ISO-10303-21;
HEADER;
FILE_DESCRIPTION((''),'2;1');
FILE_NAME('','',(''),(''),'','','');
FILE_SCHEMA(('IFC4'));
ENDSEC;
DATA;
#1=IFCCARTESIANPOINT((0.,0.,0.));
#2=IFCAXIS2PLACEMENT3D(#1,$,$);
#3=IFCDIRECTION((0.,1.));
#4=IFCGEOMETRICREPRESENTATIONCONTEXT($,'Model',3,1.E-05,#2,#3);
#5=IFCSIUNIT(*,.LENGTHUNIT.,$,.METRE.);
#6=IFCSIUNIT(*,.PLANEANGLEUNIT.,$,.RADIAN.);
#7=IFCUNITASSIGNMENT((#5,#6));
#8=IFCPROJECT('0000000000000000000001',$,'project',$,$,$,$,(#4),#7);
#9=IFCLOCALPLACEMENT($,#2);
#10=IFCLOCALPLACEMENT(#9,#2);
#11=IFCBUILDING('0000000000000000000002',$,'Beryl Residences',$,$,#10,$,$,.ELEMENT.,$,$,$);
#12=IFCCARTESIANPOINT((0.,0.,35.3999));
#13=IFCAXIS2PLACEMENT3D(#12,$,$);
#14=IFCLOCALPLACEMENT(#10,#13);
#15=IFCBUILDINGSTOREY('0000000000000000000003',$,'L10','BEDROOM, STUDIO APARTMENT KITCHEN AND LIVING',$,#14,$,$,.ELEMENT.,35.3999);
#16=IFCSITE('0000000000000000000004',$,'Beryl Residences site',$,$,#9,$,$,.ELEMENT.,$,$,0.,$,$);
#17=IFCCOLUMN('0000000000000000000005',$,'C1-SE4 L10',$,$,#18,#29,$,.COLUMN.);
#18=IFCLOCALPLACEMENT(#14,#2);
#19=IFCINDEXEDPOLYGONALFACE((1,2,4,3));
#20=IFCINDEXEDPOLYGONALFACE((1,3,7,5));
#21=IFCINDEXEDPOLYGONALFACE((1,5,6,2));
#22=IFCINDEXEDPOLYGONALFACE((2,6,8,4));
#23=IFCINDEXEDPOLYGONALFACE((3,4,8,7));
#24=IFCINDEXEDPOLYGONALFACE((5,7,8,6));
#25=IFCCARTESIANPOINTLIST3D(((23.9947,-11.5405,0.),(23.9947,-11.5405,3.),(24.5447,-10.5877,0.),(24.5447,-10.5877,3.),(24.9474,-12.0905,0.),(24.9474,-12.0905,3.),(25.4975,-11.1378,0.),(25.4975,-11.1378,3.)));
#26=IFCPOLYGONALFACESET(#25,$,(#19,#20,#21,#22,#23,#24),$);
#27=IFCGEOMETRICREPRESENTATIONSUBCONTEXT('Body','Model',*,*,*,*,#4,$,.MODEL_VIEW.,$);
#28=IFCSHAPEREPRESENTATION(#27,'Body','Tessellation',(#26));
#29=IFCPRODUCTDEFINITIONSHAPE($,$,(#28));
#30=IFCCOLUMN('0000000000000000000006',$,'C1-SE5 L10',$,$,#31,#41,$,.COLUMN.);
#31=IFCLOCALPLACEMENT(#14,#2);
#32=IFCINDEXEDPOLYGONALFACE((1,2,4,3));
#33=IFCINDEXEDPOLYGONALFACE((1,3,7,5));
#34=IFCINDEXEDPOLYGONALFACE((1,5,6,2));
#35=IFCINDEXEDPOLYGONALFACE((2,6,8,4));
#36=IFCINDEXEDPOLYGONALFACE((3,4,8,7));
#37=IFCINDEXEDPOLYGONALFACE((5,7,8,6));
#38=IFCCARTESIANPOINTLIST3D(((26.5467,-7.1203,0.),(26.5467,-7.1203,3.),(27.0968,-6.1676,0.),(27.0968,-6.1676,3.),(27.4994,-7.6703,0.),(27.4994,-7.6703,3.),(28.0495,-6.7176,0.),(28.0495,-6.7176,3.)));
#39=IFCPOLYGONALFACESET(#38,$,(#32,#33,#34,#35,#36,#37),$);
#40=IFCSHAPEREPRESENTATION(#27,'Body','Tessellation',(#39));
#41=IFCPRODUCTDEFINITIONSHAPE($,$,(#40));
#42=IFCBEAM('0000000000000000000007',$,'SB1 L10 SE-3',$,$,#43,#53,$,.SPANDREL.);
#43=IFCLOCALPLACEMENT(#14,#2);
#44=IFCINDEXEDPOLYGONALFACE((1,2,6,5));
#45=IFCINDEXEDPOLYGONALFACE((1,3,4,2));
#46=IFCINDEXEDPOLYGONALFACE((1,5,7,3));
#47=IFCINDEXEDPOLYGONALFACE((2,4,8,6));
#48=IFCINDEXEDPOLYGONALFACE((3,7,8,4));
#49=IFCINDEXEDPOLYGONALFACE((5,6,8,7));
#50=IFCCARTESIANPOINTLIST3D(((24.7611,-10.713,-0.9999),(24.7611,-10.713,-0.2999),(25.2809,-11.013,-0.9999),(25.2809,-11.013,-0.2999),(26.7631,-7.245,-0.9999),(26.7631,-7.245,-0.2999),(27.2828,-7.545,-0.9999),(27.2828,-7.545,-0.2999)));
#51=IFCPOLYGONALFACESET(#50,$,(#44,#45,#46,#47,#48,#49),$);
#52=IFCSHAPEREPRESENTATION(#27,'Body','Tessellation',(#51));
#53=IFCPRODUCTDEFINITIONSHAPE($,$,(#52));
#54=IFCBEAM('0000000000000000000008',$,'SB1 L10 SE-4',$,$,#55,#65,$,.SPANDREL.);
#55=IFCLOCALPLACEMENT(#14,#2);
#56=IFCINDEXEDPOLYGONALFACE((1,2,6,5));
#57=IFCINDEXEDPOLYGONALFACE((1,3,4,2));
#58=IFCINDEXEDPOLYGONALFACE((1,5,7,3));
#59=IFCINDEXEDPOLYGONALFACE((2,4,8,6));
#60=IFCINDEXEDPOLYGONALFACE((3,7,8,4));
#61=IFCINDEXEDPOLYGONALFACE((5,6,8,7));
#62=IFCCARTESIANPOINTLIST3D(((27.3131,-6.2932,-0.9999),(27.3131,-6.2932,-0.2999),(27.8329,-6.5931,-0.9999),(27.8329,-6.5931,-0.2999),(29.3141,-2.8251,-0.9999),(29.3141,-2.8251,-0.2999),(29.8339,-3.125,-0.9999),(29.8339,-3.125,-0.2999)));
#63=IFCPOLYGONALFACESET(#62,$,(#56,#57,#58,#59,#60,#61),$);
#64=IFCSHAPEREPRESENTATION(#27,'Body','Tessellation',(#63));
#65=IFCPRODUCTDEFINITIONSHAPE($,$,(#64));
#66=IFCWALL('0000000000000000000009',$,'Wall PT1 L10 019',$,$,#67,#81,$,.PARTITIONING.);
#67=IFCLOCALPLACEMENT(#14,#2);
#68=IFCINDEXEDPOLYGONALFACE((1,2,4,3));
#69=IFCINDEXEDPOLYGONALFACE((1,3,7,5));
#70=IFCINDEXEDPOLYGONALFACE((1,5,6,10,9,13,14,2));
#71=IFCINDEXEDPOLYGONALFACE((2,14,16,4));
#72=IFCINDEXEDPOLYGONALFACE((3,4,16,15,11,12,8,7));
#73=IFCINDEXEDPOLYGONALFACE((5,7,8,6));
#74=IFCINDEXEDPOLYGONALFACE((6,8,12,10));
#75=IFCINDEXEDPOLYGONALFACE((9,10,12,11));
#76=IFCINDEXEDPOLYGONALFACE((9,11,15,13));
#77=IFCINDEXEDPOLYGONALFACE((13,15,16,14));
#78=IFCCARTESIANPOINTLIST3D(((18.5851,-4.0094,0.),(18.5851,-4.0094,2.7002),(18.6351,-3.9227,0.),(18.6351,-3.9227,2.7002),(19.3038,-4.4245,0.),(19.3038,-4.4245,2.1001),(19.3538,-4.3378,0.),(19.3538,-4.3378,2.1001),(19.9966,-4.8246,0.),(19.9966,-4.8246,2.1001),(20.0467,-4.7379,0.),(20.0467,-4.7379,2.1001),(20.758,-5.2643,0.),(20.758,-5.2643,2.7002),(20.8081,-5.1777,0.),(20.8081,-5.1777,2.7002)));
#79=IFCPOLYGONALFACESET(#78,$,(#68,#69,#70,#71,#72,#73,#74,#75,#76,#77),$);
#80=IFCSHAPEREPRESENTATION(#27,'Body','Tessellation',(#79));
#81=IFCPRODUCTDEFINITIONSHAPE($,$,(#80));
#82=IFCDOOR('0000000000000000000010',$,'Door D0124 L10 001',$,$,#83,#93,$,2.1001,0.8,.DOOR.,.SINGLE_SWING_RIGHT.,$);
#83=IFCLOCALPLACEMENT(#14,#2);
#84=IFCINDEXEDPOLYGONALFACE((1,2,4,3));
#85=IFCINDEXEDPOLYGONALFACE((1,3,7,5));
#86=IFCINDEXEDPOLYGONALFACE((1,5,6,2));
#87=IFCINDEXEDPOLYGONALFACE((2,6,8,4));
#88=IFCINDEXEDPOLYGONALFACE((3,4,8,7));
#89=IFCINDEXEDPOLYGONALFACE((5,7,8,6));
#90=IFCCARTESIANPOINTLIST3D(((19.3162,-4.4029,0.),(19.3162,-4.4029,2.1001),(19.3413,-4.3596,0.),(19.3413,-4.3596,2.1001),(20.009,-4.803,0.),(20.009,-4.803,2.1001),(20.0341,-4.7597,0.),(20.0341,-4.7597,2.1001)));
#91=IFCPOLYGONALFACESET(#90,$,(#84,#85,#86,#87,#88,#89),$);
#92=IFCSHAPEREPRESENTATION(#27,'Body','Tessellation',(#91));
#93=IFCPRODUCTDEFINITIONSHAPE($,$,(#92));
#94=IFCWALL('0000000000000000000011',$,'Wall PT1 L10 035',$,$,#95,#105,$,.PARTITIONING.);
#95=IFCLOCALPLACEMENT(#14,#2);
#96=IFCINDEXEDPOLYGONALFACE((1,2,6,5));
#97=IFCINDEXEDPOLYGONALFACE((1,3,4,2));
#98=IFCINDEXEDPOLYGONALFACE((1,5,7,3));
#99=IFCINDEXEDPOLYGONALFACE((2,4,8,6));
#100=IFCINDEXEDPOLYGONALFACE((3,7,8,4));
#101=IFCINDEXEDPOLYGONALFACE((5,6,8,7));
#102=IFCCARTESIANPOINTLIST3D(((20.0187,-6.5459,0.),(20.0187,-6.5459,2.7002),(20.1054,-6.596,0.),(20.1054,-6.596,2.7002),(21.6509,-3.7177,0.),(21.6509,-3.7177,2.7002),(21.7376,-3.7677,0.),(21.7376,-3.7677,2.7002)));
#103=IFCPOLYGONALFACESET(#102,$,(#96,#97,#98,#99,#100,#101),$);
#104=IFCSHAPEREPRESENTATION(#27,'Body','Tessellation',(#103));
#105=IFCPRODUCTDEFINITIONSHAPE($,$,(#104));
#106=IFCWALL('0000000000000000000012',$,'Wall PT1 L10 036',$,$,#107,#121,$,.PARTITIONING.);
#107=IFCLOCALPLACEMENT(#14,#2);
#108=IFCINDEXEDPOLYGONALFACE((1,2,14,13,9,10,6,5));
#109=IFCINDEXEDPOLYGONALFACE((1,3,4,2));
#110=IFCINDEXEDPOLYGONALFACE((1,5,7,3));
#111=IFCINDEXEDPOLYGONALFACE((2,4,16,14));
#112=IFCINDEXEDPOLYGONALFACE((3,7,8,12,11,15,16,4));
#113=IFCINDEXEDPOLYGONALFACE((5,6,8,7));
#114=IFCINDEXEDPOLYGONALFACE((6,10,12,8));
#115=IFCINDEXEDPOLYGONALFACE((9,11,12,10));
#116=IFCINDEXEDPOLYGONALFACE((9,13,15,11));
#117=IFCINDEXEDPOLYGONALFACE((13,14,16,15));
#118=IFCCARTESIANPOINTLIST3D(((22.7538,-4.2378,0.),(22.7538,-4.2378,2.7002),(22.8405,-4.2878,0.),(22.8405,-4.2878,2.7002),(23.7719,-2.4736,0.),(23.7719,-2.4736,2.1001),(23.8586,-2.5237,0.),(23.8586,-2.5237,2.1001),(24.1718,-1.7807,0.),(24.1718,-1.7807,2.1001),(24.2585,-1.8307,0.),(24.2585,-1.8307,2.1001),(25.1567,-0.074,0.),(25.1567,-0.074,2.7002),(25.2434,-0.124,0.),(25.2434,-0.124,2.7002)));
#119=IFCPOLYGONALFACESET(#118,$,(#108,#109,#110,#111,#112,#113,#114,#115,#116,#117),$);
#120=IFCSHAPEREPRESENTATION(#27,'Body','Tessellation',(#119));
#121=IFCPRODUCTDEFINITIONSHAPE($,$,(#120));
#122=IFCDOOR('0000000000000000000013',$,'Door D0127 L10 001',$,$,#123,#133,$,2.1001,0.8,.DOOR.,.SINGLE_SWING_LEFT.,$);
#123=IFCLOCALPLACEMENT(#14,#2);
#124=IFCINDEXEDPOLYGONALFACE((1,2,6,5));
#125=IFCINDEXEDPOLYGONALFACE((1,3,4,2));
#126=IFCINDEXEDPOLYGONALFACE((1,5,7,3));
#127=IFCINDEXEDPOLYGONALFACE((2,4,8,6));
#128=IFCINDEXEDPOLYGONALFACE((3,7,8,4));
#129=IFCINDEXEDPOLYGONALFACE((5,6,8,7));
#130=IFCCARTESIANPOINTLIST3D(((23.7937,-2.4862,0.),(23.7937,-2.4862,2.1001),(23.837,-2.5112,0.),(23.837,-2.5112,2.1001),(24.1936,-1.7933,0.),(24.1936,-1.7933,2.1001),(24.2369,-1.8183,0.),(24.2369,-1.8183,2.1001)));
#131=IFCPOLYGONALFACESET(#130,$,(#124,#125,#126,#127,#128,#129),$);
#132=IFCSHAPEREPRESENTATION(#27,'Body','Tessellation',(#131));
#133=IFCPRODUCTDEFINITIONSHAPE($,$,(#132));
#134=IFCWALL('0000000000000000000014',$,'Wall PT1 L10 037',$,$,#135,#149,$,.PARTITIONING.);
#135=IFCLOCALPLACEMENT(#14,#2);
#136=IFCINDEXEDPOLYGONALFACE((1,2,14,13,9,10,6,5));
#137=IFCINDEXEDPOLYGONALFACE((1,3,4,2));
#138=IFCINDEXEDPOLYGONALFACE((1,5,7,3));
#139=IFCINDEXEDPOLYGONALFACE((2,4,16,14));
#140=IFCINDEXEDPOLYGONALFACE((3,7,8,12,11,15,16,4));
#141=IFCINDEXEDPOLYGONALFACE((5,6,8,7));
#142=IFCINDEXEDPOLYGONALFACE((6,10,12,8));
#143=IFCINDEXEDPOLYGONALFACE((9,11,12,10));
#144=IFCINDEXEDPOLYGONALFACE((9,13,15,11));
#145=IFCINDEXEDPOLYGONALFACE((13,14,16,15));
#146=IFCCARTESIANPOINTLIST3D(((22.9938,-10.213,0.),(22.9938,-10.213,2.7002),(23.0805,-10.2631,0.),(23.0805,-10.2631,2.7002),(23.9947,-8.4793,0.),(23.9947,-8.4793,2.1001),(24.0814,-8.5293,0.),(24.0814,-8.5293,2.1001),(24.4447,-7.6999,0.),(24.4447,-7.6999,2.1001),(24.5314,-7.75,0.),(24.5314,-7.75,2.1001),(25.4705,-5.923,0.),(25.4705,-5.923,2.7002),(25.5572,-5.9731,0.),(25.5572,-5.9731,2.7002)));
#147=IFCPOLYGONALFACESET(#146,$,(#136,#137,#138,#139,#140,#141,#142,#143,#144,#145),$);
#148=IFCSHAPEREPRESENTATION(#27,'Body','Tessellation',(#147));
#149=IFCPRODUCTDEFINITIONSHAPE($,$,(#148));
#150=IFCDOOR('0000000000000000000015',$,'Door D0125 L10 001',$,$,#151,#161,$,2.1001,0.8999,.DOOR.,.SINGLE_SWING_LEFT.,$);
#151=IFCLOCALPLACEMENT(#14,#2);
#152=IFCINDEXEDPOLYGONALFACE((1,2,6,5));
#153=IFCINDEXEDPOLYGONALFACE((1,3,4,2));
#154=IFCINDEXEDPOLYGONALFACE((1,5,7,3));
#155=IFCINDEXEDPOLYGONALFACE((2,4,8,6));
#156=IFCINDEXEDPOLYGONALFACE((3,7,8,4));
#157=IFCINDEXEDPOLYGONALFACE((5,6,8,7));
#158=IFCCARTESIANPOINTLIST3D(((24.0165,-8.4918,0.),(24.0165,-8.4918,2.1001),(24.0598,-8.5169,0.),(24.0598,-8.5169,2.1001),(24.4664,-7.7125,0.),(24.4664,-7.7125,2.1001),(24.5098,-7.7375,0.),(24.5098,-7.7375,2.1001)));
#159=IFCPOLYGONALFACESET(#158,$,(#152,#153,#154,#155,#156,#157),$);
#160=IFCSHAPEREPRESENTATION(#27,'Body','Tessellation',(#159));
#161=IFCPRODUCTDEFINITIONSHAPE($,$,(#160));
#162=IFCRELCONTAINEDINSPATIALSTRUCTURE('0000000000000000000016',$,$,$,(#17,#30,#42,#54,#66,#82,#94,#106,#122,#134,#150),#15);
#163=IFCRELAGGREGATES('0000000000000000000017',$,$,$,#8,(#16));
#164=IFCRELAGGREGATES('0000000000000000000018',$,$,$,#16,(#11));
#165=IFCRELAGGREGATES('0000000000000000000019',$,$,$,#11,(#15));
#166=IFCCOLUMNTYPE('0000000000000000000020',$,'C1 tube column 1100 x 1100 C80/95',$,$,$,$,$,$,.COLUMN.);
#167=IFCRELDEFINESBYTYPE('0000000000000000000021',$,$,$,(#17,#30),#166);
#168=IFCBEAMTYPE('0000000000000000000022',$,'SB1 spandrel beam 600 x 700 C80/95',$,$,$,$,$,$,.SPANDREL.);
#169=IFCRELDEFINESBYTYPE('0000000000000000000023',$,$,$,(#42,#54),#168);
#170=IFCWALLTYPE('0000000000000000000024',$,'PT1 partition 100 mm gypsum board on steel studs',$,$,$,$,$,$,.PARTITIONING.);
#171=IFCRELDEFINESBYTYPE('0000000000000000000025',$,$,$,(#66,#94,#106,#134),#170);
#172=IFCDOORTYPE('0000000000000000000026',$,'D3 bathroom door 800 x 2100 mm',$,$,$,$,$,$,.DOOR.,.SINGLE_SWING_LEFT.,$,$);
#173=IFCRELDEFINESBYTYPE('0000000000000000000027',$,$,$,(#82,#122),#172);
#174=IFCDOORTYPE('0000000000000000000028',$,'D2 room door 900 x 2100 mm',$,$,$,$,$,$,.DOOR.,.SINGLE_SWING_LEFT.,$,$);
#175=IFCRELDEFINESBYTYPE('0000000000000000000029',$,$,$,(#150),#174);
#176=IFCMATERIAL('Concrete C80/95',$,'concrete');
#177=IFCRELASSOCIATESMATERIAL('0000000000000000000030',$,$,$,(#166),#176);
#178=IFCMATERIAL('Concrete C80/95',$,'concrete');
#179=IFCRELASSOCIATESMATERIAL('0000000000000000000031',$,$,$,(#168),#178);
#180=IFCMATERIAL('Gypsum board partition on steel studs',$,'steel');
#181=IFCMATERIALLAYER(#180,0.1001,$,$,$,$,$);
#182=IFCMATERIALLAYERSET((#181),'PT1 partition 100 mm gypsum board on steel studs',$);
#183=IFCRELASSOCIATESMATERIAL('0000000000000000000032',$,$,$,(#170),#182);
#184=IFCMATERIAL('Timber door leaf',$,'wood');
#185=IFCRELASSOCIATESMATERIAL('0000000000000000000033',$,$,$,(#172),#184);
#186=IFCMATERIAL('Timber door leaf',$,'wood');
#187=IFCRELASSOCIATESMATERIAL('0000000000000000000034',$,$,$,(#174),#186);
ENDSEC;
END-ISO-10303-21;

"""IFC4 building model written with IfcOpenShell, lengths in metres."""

from ifc_helpers import new_model, si_unit, direction, frame, frame_2d, origin, origin_2d, place, context, subcontext, project, spatial, rectangle, extrude, material, layer, layer_set, material_profile, profile_set, type_object, element, fill, save


model = new_model("IFC4")

# Units and contexts
model_context = context("Model", 3, precision=1e-05, world=origin(), true_north=direction((0.0, 1.0)))
body_context = subcontext(model_context, "Body", "Model", "MODEL_VIEW")
ifc_project = project(units=[si_unit("LENGTHUNIT", "METRE"), si_unit("PLANEANGLEUNIT", "RADIAN")], contexts=[model_context])

# Site, building, storey
site_placement = place(None, origin())
site = spatial("IfcSite", under=ifc_project, at=site_placement, Name="Beryl Residences site", CompositionType="ELEMENT", RefElevation=0.0)
building_placement = place(site_placement, origin())
building = spatial("IfcBuilding", under=site, at=building_placement, Name="Beryl Residences", CompositionType="ELEMENT")
storey_placement = place(building_placement, frame((0.0, 0.0, 35.3999)))
storey = spatial("IfcBuildingStorey", under=building, at=storey_placement, Name="L10", Description="BEDROOM, STUDIO APARTMENT KITCHEN AND LIVING", CompositionType="ELEMENT", Elevation=35.3999)

# Columns
ifc_material_1 = material(Name="Concrete C80/95", Category="concrete")
ifc_material_profile_1 = material_profile(ifc_material_1, rectangle(XDim=1.1001, YDim=1.1001, at=origin_2d()))
ifc_profile_set_1 = profile_set([ifc_material_profile_1], Name="Concrete C80/95")
column_type = type_object("IfcColumnType", Name="C1 tube column 1100 x 1100 C80/95", PredefinedType="COLUMN", material=ifc_profile_set_1)
for number, where, z_axis, x_axis, name in (
    (1, (24.7461, -11.3391, 0.0), (0.0, 0.0, 1.0), (0.499985, 0.866034, 0.0), "C1-SE4 L10"),
    (2, (27.2981, -6.9189, 0.0), (0.0, 0.0, 1.0), (0.499985, 0.866034, 0.0), "C1-SE5 L10"),
):
    element("IfcColumn", number, at=place(storey_placement, frame(where, z_axis=z_axis, x_axis=x_axis)), inside=storey, type_object=column_type, Name=name, PredefinedType="COLUMN", context=body_context, shape_type="SweptSolid", body=[
        extrude(rectangle(XDim=1.1001, YDim=1.1001, at=origin_2d()), origin(), (0.0, 0.0, 1.0), 3.0),
    ])

# Beams
ifc_material_2 = material(Name="Concrete C80/95", Category="concrete")
ifc_material_profile_2 = material_profile(ifc_material_2, rectangle(XDim=0.6001, YDim=0.7, at=origin_2d()))
ifc_profile_set_2 = profile_set([ifc_material_profile_2], Name="Concrete C80/95")
beam_type = type_object("IfcBeamType", Name="SB1 spandrel beam 600 x 700 C80/95", PredefinedType="SPANDREL", material=ifc_profile_set_2)
beam_1_placement = place(storey_placement, frame((25.021, -10.863, -0.6499), z_axis=(0.499942, 0.866059, 0.0), x_axis=(-0.866059, 0.499942, 0.0)))
element("IfcBeam", 3, at=beam_1_placement, inside=storey, type_object=beam_type, Name="SB1 L10 SE-3", PredefinedType="SPANDREL", context=body_context, shape_type="SweptSolid", body=[
    extrude(rectangle(XDim=0.6001, YDim=0.7, at=origin_2d()), origin(), (0.0, 0.0, 1.0), 4.0044),
])
beam_2_placement = place(storey_placement, frame((27.573, -6.4431, -0.6499), z_axis=(0.499759, 0.866164, 0.0), x_axis=(-0.866164, 0.499759, 0.0)))
element("IfcBeam", 4, at=beam_2_placement, inside=storey, type_object=beam_type, Name="SB1 L10 SE-4", PredefinedType="SPANDREL", context=body_context, shape_type="SweptSolid", body=[
    extrude(rectangle(XDim=0.6001, YDim=0.7, at=origin_2d()), origin(), (0.0, 0.0, 1.0), 4.0039),
])

# Wall, opening, door
ifc_material_3 = material(Name="Gypsum board partition on steel studs", Category="steel")
ifc_layer = layer(ifc_material_3, 0.1001)
ifc_layer_set = layer_set([ifc_layer], Name="PT1 partition 100 mm gypsum board on steel studs")
wall_type = type_object("IfcWallType", Name="PT1 partition 100 mm gypsum board on steel studs", PredefinedType="PARTITIONING", material=ifc_layer_set)
wall_1_placement = place(storey_placement, frame((18.6101, -3.9661, 0.0), z_axis=(0.0, 0.0, 1.0), x_axis=(0.865959, -0.500115, 0.0)))
wall_1 = element("IfcWall", 5, at=wall_1_placement, inside=storey, type_object=wall_type, Name="Wall PT1 L10 019", PredefinedType="PARTITIONING", context=body_context, shape_type="SweptSolid", body=[
    extrude(rectangle(XDim=2.5093, YDim=0.1001, at=frame_2d((1.2546, 0.0))), origin(), (0.0, 0.0, 1.0), 2.7002),
])
opening_1_placement = place(wall_1_placement, frame((0.8301, 0.0, 0.0)))
opening_1 = element("IfcOpeningElement", 6, at=opening_1_placement, cuts=wall_1, PredefinedType="OPENING", context=body_context, shape_type="SweptSolid", body=[
    extrude(rectangle(XDim=0.8, YDim=2.1001, at=frame_2d((0.3999, 1.05))), frame((0.0, 0.0601, 0.0), z_axis=(0.0, -1.0, 0.0), x_axis=(1.0, 0.0, 0.0)), (0.0, 0.0, 1.0), 0.1201),
])
ifc_material_4 = material(Name="Timber door leaf", Category="wood")
door_type_1 = type_object("IfcDoorType", Name="D3 bathroom door 800 x 2100 mm", OperationType="SINGLE_SWING_LEFT", PredefinedType="DOOR", material=ifc_material_4)
door_1_placement = place(opening_1_placement, origin())
door_1 = element("IfcDoor", 7, at=door_1_placement, inside=storey, type_object=door_type_1, Name="Door D0124 L10 001", OperationType="SINGLE_SWING_RIGHT", OverallHeight=2.1001, OverallWidth=0.8, PredefinedType="DOOR", context=body_context, shape_type="SweptSolid", body=[
    extrude(rectangle(XDim=0.8, YDim=2.1001, at=frame_2d((0.3999, 1.05))), frame((0.0, 0.0249, 0.0), z_axis=(0.0, -1.0, 0.0), x_axis=(1.0, 0.0, 0.0)), (0.0, 0.0, 1.0), 0.05),
])
fill(opening_1, door_1)

# Wall
wall_2_placement = place(storey_placement, frame((20.062, -6.571, 0.0), z_axis=(0.0, 0.0, 1.0), x_axis=(0.49983, 0.866123, 0.0)))
element("IfcWall", 8, at=wall_2_placement, inside=storey, type_object=wall_type, Name="Wall PT1 L10 035", PredefinedType="PARTITIONING", context=body_context, shape_type="SweptSolid", body=[
    extrude(rectangle(XDim=3.2654, YDim=0.1001, at=frame_2d((1.6328, 0.0))), origin(), (0.0, 0.0, 1.0), 2.7002),
])

# Walls, openings, doors
wall_3_placement = place(storey_placement, frame((22.7971, -4.2629, 0.0), z_axis=(0.0, 0.0, 1.0), x_axis=(0.499821, 0.866129, 0.0)))
wall_3 = element("IfcWall", 9, at=wall_3_placement, inside=storey, type_object=wall_type, Name="Wall PT1 L10 036", PredefinedType="PARTITIONING", context=body_context, shape_type="SweptSolid", body=[
    extrude(rectangle(XDim=4.8074, YDim=0.1001, at=frame_2d((2.4038, 0.0))), origin(), (0.0, 0.0, 1.0), 2.7002),
])
opening_2_placement = place(wall_3_placement, frame((2.0371, 0.0, 0.0)))
opening_2 = element("IfcOpeningElement", 10, at=opening_2_placement, cuts=wall_3, PredefinedType="OPENING", context=body_context, shape_type="SweptSolid", body=[
    extrude(rectangle(XDim=0.8, YDim=2.1001, at=frame_2d((0.3999, 1.05))), frame((0.0, 0.0601, 0.0), z_axis=(0.0, -1.0, 0.0), x_axis=(1.0, 0.0, 0.0)), (0.0, 0.0, 1.0), 0.1201),
])
door_2_placement = place(opening_2_placement, origin())
door_2 = element("IfcDoor", 11, at=door_2_placement, inside=storey, type_object=door_type_1, Name="Door D0127 L10 001", OperationType="SINGLE_SWING_LEFT", OverallHeight=2.1001, OverallWidth=0.8, PredefinedType="DOOR", context=body_context, shape_type="SweptSolid", body=[
    extrude(rectangle(XDim=0.8, YDim=2.1001, at=frame_2d((0.3999, 1.05))), frame((0.0, 0.0249, 0.0), z_axis=(0.0, -1.0, 0.0), x_axis=(1.0, 0.0, 0.0)), (0.0, 0.0, 1.0), 0.05),
])
fill(opening_2, door_2)
wall_4_placement = place(storey_placement, frame((23.0371, -10.238, 0.0), z_axis=(0.0, 0.0, 1.0), x_axis=(0.499993, 0.86603, 0.0)))
wall_4 = element("IfcWall", 12, at=wall_4_placement, inside=storey, type_object=wall_type, Name="Wall PT1 L10 037", PredefinedType="PARTITIONING", context=body_context, shape_type="SweptSolid", body=[
    extrude(rectangle(XDim=4.9536, YDim=0.1001, at=frame_2d((2.4768, 0.0))), origin(), (0.0, 0.0, 1.0), 2.7002),
])
opening_3_placement = place(wall_4_placement, frame((2.002, 0.0, 0.0)))
opening_3 = element("IfcOpeningElement", 13, at=opening_3_placement, cuts=wall_4, PredefinedType="OPENING", context=body_context, shape_type="SweptSolid", body=[
    extrude(rectangle(XDim=0.8999, YDim=2.1001, at=frame_2d((0.45, 1.05))), frame((0.0, 0.0601, 0.0), z_axis=(0.0, -1.0, 0.0), x_axis=(1.0, 0.0, 0.0)), (0.0, 0.0, 1.0), 0.1201),
])
ifc_material_5 = material(Name="Timber door leaf", Category="wood")
door_type_2 = type_object("IfcDoorType", Name="D2 room door 900 x 2100 mm", OperationType="SINGLE_SWING_LEFT", PredefinedType="DOOR", material=ifc_material_5)
door_3_placement = place(opening_3_placement, origin())
door_3 = element("IfcDoor", 14, at=door_3_placement, inside=storey, type_object=door_type_2, Name="Door D0125 L10 001", OperationType="SINGLE_SWING_LEFT", OverallHeight=2.1001, OverallWidth=0.8999, PredefinedType="DOOR", context=body_context, shape_type="SweptSolid", body=[
    extrude(rectangle(XDim=0.8999, YDim=2.1001, at=frame_2d((0.45, 1.05))), frame((0.0, 0.0249, 0.0), z_axis=(0.0, -1.0, 0.0), x_axis=(1.0, 0.0, 0.0)), (0.0, 0.0, 1.0), 0.05),
])
fill(opening_3, door_3)

save(model, "model.ifc")
